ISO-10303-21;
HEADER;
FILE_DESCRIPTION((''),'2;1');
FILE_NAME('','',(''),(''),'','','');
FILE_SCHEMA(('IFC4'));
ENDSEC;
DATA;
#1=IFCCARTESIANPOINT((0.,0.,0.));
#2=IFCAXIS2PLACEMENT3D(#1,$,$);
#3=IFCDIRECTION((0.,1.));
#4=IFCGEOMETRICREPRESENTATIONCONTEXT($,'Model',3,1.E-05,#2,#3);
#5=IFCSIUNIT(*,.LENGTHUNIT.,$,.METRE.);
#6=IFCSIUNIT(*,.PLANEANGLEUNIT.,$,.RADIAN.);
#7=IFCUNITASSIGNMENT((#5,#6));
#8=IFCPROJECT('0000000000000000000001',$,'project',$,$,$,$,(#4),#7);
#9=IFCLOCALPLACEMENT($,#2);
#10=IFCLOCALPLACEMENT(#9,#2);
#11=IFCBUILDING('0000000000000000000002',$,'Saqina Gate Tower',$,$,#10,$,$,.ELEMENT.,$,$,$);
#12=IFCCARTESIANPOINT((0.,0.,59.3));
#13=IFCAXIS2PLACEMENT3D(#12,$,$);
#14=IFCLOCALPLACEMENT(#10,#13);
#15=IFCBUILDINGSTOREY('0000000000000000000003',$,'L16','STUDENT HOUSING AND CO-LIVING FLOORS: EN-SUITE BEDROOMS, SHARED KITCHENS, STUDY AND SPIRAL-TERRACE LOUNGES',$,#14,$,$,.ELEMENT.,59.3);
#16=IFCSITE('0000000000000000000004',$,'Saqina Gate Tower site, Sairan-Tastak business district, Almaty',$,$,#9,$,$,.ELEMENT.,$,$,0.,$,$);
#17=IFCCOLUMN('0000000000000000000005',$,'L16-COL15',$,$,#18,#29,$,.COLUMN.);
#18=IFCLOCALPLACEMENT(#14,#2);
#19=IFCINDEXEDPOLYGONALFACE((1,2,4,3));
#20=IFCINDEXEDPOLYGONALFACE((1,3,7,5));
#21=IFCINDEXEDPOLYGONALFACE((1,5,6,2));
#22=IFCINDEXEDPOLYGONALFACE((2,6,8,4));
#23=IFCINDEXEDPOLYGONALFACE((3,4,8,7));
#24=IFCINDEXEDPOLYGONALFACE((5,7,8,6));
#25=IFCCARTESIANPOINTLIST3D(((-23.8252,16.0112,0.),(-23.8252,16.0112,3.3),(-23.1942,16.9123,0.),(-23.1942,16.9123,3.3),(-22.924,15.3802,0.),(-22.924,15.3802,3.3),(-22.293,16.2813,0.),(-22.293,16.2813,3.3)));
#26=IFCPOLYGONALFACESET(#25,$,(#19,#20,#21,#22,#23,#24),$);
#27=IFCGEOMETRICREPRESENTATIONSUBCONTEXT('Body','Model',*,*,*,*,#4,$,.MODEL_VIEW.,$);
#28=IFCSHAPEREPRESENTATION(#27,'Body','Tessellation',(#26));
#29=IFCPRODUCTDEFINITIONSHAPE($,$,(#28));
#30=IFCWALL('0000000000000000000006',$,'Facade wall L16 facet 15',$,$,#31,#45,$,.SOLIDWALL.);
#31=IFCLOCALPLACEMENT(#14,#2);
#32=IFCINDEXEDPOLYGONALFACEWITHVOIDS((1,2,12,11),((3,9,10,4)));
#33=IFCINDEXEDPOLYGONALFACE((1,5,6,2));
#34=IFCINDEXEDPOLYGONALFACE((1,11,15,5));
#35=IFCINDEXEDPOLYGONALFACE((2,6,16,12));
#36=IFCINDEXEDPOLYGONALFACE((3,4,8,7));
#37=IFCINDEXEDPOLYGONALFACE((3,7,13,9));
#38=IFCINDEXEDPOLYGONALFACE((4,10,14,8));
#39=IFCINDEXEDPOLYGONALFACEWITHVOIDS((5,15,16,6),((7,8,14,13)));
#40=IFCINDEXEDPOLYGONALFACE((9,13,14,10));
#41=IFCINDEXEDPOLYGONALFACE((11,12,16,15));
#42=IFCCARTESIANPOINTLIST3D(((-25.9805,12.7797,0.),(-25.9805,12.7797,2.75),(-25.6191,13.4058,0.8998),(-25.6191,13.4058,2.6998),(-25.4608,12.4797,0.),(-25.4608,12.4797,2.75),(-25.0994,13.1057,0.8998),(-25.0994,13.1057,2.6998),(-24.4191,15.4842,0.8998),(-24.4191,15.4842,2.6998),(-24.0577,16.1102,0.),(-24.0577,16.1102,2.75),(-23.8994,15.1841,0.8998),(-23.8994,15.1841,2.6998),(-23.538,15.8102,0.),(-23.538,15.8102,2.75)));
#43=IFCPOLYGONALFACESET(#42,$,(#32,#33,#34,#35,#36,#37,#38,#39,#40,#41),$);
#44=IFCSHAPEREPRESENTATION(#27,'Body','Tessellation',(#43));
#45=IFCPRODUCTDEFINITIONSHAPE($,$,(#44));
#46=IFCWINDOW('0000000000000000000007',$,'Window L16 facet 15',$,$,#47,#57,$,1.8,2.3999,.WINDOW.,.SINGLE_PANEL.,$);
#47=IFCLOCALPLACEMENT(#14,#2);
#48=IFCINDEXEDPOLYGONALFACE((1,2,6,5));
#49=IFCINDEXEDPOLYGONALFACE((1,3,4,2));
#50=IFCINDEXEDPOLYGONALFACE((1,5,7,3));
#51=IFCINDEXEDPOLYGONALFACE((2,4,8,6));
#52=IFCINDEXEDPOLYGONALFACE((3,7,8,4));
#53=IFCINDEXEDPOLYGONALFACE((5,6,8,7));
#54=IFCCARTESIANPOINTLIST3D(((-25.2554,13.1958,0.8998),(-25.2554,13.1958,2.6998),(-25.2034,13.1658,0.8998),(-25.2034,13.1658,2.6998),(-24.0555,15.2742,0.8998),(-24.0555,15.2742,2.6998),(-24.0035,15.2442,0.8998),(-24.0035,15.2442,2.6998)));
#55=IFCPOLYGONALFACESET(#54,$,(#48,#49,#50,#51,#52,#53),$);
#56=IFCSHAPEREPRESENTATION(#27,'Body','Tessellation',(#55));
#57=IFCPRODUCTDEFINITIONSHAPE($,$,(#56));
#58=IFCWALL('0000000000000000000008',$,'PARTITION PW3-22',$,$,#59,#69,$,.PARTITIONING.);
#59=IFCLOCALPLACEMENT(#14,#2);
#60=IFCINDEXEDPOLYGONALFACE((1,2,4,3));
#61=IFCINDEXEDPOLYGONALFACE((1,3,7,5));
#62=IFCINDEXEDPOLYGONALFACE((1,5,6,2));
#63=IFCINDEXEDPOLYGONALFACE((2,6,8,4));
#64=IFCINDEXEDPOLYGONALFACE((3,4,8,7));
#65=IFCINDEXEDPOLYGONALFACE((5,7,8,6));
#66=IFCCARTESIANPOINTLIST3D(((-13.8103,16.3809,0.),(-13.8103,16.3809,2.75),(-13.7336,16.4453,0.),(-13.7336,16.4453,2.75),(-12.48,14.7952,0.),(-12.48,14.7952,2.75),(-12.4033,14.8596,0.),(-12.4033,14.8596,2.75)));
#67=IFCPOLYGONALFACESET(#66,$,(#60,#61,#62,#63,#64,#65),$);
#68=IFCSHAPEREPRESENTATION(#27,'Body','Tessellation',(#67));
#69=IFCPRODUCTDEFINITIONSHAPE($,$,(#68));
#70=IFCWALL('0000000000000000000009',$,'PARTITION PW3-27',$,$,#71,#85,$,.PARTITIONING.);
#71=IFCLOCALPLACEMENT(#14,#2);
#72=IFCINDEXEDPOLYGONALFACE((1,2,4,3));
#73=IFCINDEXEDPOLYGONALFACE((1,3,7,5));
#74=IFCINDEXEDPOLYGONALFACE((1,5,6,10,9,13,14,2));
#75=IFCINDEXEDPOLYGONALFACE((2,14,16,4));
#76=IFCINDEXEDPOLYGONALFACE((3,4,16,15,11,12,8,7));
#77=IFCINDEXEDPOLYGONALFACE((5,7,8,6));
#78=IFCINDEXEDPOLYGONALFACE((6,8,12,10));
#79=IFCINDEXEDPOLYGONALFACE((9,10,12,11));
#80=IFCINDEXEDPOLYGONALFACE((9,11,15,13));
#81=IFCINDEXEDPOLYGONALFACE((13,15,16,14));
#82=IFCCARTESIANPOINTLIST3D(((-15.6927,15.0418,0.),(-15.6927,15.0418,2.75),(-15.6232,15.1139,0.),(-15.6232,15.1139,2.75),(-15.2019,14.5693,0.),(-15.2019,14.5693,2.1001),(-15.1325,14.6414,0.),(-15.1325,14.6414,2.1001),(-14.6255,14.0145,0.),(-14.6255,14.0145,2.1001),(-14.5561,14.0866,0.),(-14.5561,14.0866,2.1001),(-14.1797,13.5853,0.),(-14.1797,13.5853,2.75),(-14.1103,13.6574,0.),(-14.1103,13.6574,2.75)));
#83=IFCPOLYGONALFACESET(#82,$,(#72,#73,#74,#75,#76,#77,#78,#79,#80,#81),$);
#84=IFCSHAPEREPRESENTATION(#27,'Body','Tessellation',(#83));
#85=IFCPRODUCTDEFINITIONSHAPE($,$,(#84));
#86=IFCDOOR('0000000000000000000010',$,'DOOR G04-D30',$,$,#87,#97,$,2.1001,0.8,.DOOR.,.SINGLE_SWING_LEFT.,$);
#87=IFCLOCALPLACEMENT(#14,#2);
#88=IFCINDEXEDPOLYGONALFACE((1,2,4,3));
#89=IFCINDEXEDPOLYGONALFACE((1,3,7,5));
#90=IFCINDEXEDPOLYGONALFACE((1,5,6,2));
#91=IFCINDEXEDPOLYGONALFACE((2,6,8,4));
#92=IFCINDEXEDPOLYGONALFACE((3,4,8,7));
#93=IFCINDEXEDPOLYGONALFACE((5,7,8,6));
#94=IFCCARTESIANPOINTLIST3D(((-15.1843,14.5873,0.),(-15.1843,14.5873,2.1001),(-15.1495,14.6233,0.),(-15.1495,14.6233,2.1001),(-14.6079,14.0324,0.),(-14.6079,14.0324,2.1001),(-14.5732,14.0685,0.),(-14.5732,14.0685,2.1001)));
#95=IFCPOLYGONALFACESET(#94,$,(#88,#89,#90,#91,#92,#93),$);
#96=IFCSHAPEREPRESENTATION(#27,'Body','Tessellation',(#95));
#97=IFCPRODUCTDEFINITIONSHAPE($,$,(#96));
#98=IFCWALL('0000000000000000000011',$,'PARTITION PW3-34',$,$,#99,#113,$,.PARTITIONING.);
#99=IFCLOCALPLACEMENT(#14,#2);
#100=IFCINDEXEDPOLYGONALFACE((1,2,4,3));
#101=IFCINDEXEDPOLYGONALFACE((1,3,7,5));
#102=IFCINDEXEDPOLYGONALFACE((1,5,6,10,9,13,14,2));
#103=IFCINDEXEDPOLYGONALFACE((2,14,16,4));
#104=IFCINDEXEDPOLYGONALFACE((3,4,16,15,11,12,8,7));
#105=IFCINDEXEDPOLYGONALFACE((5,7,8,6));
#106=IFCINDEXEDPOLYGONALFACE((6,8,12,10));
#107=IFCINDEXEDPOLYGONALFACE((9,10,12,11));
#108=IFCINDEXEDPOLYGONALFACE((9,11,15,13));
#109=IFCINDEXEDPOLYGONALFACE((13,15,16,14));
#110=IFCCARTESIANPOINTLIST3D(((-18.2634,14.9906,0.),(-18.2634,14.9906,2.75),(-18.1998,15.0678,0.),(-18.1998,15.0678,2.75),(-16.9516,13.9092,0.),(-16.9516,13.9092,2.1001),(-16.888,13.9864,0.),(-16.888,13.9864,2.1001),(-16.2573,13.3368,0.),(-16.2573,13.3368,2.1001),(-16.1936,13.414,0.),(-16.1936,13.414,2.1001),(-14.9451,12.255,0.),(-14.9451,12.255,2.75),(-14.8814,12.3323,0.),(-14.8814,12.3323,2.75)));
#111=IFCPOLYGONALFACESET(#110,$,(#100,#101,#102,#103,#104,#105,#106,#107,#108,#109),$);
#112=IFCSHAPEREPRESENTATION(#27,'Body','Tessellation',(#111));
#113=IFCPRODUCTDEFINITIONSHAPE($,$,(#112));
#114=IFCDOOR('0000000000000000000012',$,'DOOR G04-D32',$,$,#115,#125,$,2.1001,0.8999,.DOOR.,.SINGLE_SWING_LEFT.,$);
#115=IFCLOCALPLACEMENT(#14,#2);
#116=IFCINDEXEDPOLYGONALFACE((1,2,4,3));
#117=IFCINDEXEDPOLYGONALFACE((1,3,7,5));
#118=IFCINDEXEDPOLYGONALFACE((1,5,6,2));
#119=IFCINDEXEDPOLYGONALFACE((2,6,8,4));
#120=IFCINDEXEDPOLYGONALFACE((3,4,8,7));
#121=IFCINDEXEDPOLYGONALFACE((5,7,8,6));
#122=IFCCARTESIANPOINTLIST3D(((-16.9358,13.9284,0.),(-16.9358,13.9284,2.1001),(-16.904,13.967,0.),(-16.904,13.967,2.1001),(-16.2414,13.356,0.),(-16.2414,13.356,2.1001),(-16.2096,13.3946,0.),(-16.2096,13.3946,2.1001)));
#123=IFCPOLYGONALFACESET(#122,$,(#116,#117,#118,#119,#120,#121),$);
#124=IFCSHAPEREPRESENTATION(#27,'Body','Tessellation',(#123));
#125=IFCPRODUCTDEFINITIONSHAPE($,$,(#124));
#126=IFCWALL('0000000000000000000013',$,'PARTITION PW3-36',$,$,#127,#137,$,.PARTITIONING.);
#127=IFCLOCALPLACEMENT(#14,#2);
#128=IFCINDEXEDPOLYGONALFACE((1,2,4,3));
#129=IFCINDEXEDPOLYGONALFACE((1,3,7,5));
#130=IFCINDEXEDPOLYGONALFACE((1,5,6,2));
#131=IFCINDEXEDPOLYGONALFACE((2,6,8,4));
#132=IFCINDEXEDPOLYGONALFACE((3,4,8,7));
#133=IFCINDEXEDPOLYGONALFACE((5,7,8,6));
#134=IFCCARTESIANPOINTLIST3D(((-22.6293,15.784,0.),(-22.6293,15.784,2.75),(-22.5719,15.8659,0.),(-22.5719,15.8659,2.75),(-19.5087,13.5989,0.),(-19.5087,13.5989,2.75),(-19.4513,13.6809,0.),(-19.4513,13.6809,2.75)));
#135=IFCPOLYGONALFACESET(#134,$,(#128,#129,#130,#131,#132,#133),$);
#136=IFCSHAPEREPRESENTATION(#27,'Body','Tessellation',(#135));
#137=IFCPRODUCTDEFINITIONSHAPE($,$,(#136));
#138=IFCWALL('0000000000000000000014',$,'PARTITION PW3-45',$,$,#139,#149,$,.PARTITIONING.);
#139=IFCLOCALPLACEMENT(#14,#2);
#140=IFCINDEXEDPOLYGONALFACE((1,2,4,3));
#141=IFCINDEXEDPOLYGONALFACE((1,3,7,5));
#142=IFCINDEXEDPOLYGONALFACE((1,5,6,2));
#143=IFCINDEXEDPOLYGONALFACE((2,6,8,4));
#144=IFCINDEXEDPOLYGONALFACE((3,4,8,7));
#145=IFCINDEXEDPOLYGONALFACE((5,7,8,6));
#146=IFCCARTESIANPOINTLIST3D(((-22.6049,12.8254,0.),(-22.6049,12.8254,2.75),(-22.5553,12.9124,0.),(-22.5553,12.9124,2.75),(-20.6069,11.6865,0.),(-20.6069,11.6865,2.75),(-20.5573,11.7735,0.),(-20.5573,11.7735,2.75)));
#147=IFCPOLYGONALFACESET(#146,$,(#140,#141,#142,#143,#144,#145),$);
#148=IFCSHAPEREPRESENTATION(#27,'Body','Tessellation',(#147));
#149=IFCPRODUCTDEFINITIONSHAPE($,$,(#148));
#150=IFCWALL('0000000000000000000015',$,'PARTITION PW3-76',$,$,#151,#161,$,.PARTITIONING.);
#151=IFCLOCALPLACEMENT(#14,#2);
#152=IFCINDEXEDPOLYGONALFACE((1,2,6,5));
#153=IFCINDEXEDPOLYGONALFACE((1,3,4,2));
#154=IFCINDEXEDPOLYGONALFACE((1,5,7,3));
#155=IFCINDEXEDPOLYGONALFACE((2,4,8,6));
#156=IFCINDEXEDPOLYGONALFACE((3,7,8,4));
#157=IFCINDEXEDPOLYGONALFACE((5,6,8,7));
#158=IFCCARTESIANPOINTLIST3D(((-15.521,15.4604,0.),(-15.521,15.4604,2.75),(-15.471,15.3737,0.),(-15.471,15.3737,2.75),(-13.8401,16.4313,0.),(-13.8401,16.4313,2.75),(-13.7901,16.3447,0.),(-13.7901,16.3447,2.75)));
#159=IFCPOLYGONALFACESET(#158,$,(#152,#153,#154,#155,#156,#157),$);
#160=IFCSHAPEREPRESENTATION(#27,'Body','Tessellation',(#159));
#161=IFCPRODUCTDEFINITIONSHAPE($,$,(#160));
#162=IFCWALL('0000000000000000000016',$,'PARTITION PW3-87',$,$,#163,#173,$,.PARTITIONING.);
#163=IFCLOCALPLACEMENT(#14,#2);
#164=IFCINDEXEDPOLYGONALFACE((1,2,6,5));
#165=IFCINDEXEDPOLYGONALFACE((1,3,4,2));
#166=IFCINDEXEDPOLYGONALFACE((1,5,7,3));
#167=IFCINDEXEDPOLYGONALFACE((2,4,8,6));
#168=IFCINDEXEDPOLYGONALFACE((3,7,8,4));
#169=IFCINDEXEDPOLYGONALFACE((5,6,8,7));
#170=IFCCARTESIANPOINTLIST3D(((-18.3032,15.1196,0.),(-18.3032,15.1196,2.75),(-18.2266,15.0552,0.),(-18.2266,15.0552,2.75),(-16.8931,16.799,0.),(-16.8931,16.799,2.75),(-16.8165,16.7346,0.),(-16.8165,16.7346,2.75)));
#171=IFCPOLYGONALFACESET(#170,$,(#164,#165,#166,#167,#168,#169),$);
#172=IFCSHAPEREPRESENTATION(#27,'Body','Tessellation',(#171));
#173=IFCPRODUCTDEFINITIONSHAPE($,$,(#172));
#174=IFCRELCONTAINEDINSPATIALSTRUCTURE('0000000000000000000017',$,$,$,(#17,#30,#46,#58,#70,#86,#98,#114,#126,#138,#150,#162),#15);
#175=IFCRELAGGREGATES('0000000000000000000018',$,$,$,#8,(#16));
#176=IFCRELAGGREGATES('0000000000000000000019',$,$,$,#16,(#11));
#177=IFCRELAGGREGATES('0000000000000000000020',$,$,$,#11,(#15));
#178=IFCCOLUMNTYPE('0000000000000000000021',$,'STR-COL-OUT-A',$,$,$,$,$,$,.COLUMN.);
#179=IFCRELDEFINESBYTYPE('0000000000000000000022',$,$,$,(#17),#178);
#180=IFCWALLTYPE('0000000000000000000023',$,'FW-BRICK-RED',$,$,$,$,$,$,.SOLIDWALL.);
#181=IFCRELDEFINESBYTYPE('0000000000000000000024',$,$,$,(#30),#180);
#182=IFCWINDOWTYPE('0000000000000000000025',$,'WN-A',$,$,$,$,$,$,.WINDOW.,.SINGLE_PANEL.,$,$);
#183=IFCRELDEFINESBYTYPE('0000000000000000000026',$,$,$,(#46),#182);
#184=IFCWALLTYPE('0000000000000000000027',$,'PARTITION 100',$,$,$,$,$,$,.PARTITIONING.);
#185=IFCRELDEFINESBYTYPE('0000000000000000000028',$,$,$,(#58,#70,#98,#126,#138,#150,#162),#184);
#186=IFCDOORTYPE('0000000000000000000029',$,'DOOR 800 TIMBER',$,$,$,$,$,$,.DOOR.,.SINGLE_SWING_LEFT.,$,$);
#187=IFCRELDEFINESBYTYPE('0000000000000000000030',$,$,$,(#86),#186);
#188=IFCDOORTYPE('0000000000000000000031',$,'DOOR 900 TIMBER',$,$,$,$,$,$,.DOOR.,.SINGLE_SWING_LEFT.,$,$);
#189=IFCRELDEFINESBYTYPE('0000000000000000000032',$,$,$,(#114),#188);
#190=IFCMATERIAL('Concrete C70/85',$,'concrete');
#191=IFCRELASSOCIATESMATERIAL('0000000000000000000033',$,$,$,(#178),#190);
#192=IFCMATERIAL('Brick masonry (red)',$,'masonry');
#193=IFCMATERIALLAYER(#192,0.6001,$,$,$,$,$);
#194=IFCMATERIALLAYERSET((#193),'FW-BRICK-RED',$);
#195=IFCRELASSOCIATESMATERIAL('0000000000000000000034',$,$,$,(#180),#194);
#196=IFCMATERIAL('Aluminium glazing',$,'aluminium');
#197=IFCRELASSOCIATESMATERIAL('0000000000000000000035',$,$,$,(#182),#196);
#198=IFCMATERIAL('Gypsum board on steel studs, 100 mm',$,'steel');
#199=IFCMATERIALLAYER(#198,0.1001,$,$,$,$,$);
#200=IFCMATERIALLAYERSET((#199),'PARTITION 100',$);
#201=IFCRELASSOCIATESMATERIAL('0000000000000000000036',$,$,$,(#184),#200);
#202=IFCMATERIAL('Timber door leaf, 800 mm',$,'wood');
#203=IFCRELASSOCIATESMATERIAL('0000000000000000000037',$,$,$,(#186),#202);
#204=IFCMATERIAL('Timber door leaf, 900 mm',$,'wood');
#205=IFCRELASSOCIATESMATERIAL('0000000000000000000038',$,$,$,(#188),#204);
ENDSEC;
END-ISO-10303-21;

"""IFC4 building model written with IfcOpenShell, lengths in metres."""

from ifc_helpers import new_model, si_unit, direction, frame, frame_2d, origin, origin_2d, place, context, subcontext, project, spatial, rectangle, extrude, material, layer, layer_set, material_profile, profile_set, type_object, element, fill, save


model = new_model("IFC4")

# Units and contexts
model_context = context("Model", 3, precision=1e-05, world=origin(), true_north=direction((0.0, 1.0)))
body_context = subcontext(model_context, "Body", "Model", "MODEL_VIEW")
ifc_project = project(units=[si_unit("LENGTHUNIT", "METRE"), si_unit("PLANEANGLEUNIT", "RADIAN")], contexts=[model_context])

# Site, building, storey
site_placement = place(None, origin())
site = spatial("IfcSite", under=ifc_project, at=site_placement, Name="Saqina Gate Tower site, Sairan-Tastak business district, Almaty", CompositionType="ELEMENT", RefElevation=0.0)
building_placement = place(site_placement, origin())
building = spatial("IfcBuilding", under=site, at=building_placement, Name="Saqina Gate Tower", CompositionType="ELEMENT")
storey_placement = place(building_placement, frame((0.0, 0.0, 59.3)))
storey = spatial("IfcBuildingStorey", under=building, at=storey_placement, Name="L16", Description="STUDENT HOUSING AND CO-LIVING FLOORS: EN-SUITE BEDROOMS, SHARED KITCHENS, STUDY AND SPIRAL-TERRACE LOUNGES", CompositionType="ELEMENT", Elevation=59.3)

# Column
ifc_material_1 = material(Name="Concrete C70/85", Category="concrete")
ifc_material_profile = material_profile(ifc_material_1, rectangle(XDim=1.1001, YDim=1.1001, at=origin_2d()), Name="RC 1100x1100")
ifc_profile_set = profile_set([ifc_material_profile], Name="Concrete C70/85")
column_type = type_object("IfcColumnType", Name="STR-COL-OUT-A", PredefinedType="COLUMN", material=ifc_profile_set)
column_placement = place(storey_placement, frame((-23.0591, 16.1462, 0.0), z_axis=(0.0, 0.0, 1.0), x_axis=(-0.819152, 0.573576, 0.0)))
element("IfcColumn", 1, at=column_placement, inside=storey, type_object=column_type, Name="L16-COL15", PredefinedType="COLUMN", context=body_context, shape_type="SweptSolid", body=[
    extrude(rectangle(XDim=1.1001, YDim=1.1001, at=origin_2d()), origin(), (0.0, 0.0, 1.0), 3.3),
])

# Wall, opening, window
ifc_material_2 = material(Name="Brick masonry (red)", Category="masonry")
ifc_layer_1 = layer(ifc_material_2, 0.6001)
ifc_layer_set_1 = layer_set([ifc_layer_1], Name="FW-BRICK-RED")
wall_type_1 = type_object("IfcWallType", Name="FW-BRICK-RED", PredefinedType="SOLIDWALL", material=ifc_layer_set_1)
wall_1_placement = place(storey_placement, frame((-23.7979, 15.9602, 0.0), z_axis=(0.0, 0.0, 1.0), x_axis=(-0.49999, -0.866031, 0.0)))
wall_1 = element("IfcWall", 2, at=wall_1_placement, inside=storey, type_object=wall_type_1, Name="Facade wall L16 facet 15", PredefinedType="SOLIDWALL", context=body_context, shape_type="SweptSolid", body=[
    extrude(rectangle(XDim=3.8457, YDim=0.6001, at=frame_2d((1.9229, 0.0))), origin(), (0.0, 0.0, 1.0), 2.75),
])
opening_1_placement = place(wall_1_placement, frame((0.7229, 0.0, 0.8999)))
opening_1 = element("IfcOpeningElement", 3, at=opening_1_placement, cuts=wall_1, PredefinedType="OPENING", context=body_context, shape_type="SweptSolid", body=[
    extrude(rectangle(XDim=2.3999, YDim=1.8, at=frame_2d((1.2, 0.8999))), frame((0.0, 0.312, 0.0), z_axis=(0.0, -1.0, 0.0), x_axis=(1.0, 0.0, 0.0)), (0.0, 0.0, 1.0), 0.624),
])
ifc_material_3 = material(Name="Aluminium glazing", Category="aluminium")
window_type = type_object("IfcWindowType", Name="WN-A", PartitioningType="SINGLE_PANEL", PredefinedType="WINDOW", material=ifc_material_3)
window_placement = place(opening_1_placement, origin())
window = element("IfcWindow", 4, at=window_placement, inside=storey, type_object=window_type, Name="Window L16 facet 15", OverallHeight=1.8, OverallWidth=2.3999, PartitioningType="SINGLE_PANEL", PredefinedType="WINDOW", context=body_context, shape_type="SweptSolid", body=[
    extrude(rectangle(XDim=2.3999, YDim=1.8, at=frame_2d((1.2, 0.8999))), frame((0.0, 0.1799, 0.0), z_axis=(0.0, -1.0, 0.0), x_axis=(1.0, 0.0, 0.0)), (0.0, 0.0, 1.0), 0.0601),
])
fill(opening_1, window)

# Wall
ifc_material_4 = material(Name="Gypsum board on steel studs, 100 mm", Category="steel")
ifc_layer_2 = layer(ifc_material_4, 0.1001)
ifc_layer_set_2 = layer_set([ifc_layer_2], Name="PARTITION 100")
wall_type_2 = type_object("IfcWallType", Name="PARTITION 100", PredefinedType="PARTITIONING", material=ifc_layer_set_2)
wall_2_placement = place(storey_placement, frame((-13.772, 16.4131, 0.0), z_axis=(0.0, 0.0, 1.0), x_axis=(0.642722, -0.7661, 0.0)))
element("IfcWall", 5, at=wall_2_placement, inside=storey, type_object=wall_type_2, Name="PARTITION PW3-22", PredefinedType="PARTITIONING", context=body_context, shape_type="SweptSolid", body=[
    extrude(rectangle(XDim=2.0698, YDim=0.1001, at=frame_2d((1.0349, 0.0))), origin(), (0.0, 0.0, 1.0), 2.75),
])

# Walls, openings, doors
wall_3_placement = place(storey_placement, frame((-15.658, 15.0779, 0.0), z_axis=(0.0, 0.0, 1.0), x_axis=(0.720406, -0.693552, 0.0)))
wall_3 = element("IfcWall", 6, at=wall_3_placement, inside=storey, type_object=wall_type_2, Name="PARTITION PW3-27", PredefinedType="PARTITIONING", context=body_context, shape_type="SweptSolid", body=[
    extrude(rectangle(XDim=2.1001, YDim=0.1001, at=frame_2d((1.05, 0.0))), origin(), (0.0, 0.0, 1.0), 2.75),
])
opening_2_placement = place(wall_3_placement, frame((0.6814, 0.0, 0.0)))
opening_2 = element("IfcOpeningElement", 7, at=opening_2_placement, cuts=wall_3, PredefinedType="OPENING", context=body_context, shape_type="SweptSolid", body=[
    extrude(rectangle(XDim=0.8, YDim=2.1001, at=frame_2d((0.3999, 1.05))), frame((0.0, 0.062, 0.0), z_axis=(0.0, -1.0, 0.0), x_axis=(1.0, 0.0, 0.0)), (0.0, 0.0, 1.0), 0.124),
])
ifc_material_5 = material(Name="Timber door leaf, 800 mm", Category="wood")
door_type_1 = type_object("IfcDoorType", Name="DOOR 800 TIMBER", OperationType="SINGLE_SWING_LEFT", PredefinedType="DOOR", material=ifc_material_5)
door_1_placement = place(opening_2_placement, frame((0.8, 0.0, 0.0), z_axis=(0.0, 0.0, 1.0), x_axis=(-1.0, 0.0, 0.0)))
door_1 = element("IfcDoor", 8, at=door_1_placement, inside=storey, type_object=door_type_1, Name="DOOR G04-D30", OperationType="SINGLE_SWING_LEFT", OverallHeight=2.1001, OverallWidth=0.8, PredefinedType="DOOR", context=body_context, shape_type="SweptSolid", body=[
    extrude(rectangle(XDim=0.8, YDim=2.1001, at=frame_2d((0.3999, 1.05))), frame((0.0, 0.0249, 0.0), z_axis=(0.0, -1.0, 0.0), x_axis=(1.0, 0.0, 0.0)), (0.0, 0.0, 1.0), 0.05),
])
fill(opening_2, door_1)
wall_4_placement = place(storey_placement, frame((-18.2317, 15.0293, 0.0), z_axis=(0.0, 0.0, 1.0), x_axis=(0.771607, -0.636099, 0.0)))
wall_4 = element("IfcWall", 9, at=wall_4_placement, inside=storey, type_object=wall_type_2, Name="PARTITION PW3-34", PredefinedType="PARTITIONING", context=body_context, shape_type="SweptSolid", body=[
    extrude(rectangle(XDim=4.3005, YDim=0.1001, at=frame_2d((2.1504, 0.0))), origin(), (0.0, 0.0, 1.0), 2.75),
])
opening_3_placement = place(wall_4_placement, frame((1.7002, 0.0, 0.0)))
opening_3 = element("IfcOpeningElement", 10, at=opening_3_placement, cuts=wall_4, PredefinedType="OPENING", context=body_context, shape_type="SweptSolid", body=[
    extrude(rectangle(XDim=0.8999, YDim=2.1001, at=frame_2d((0.45, 1.05))), frame((0.0, 0.062, 0.0), z_axis=(0.0, -1.0, 0.0), x_axis=(1.0, 0.0, 0.0)), (0.0, 0.0, 1.0), 0.124),
])
ifc_material_6 = material(Name="Timber door leaf, 900 mm", Category="wood")
door_type_2 = type_object("IfcDoorType", Name="DOOR 900 TIMBER", OperationType="SINGLE_SWING_LEFT", PredefinedType="DOOR", material=ifc_material_6)
door_2_placement = place(opening_3_placement, origin())
door_2 = element("IfcDoor", 11, at=door_2_placement, inside=storey, type_object=door_type_2, Name="DOOR G04-D32", OperationType="SINGLE_SWING_LEFT", OverallHeight=2.1001, OverallWidth=0.8999, PredefinedType="DOOR", context=body_context, shape_type="SweptSolid", body=[
    extrude(rectangle(XDim=0.8999, YDim=2.1001, at=frame_2d((0.45, 1.05))), frame((0.0, 0.0249, 0.0), z_axis=(0.0, -1.0, 0.0), x_axis=(1.0, 0.0, 0.0)), (0.0, 0.0, 1.0), 0.05),
])
fill(opening_3, door_2)

# Walls
wall_5_placement = place(storey_placement, frame((-22.6006, 15.825, 0.0), z_axis=(0.0, 0.0, 1.0), x_axis=(0.819154, -0.573574, 0.0)))
element("IfcWall", 12, at=wall_5_placement, inside=storey, type_object=wall_type_2, Name="PARTITION PW3-36", PredefinedType="PARTITIONING", context=body_context, shape_type="SweptSolid", body=[
    extrude(rectangle(XDim=3.8096, YDim=0.1001, at=frame_2d((1.9048, 0.0))), origin(), (0.0, 0.0, 1.0), 2.75),
])
wall_6_placement = place(storey_placement, frame((-22.5801, 12.8689, 0.0), z_axis=(0.0, 0.0, 1.0), x_axis=(0.868772, -0.495213, 0.0)))
element("IfcWall", 13, at=wall_6_placement, inside=storey, type_object=wall_type_2, Name="PARTITION PW3-45", PredefinedType="PARTITIONING", context=body_context, shape_type="SweptSolid", body=[
    extrude(rectangle(XDim=2.2998, YDim=0.1001, at=frame_2d((1.1499, 0.0))), origin(), (0.0, 0.0, 1.0), 2.75),
])
wall_7_placement = place(storey_placement, frame((-15.4961, 15.417, 0.0), z_axis=(0.0, 0.0, 1.0), x_axis=(0.86592, 0.500183, 0.0)))
element("IfcWall", 14, at=wall_7_placement, inside=storey, type_object=wall_type_2, Name="PARTITION PW3-76", PredefinedType="PARTITIONING", context=body_context, shape_type="SweptSolid", body=[
    extrude(rectangle(XDim=1.9412, YDim=0.1001, at=frame_2d((0.9707, 0.0))), origin(), (0.0, 0.0, 1.0), 2.75),
])
wall_8_placement = place(storey_placement, frame((-18.2649, 15.0874, 0.0), z_axis=(0.0, 0.0, 1.0), x_axis=(0.643038, 0.765834, 0.0)))
element("IfcWall", 15, at=wall_8_placement, inside=storey, type_object=wall_type_2, Name="PARTITION PW3-87", PredefinedType="PARTITIONING", context=body_context, shape_type="SweptSolid", body=[
    extrude(rectangle(XDim=2.1929, YDim=0.1001, at=frame_2d((1.0964, 0.0))), origin(), (0.0, 0.0, 1.0), 2.75),
])

save(model, "model.ifc")
